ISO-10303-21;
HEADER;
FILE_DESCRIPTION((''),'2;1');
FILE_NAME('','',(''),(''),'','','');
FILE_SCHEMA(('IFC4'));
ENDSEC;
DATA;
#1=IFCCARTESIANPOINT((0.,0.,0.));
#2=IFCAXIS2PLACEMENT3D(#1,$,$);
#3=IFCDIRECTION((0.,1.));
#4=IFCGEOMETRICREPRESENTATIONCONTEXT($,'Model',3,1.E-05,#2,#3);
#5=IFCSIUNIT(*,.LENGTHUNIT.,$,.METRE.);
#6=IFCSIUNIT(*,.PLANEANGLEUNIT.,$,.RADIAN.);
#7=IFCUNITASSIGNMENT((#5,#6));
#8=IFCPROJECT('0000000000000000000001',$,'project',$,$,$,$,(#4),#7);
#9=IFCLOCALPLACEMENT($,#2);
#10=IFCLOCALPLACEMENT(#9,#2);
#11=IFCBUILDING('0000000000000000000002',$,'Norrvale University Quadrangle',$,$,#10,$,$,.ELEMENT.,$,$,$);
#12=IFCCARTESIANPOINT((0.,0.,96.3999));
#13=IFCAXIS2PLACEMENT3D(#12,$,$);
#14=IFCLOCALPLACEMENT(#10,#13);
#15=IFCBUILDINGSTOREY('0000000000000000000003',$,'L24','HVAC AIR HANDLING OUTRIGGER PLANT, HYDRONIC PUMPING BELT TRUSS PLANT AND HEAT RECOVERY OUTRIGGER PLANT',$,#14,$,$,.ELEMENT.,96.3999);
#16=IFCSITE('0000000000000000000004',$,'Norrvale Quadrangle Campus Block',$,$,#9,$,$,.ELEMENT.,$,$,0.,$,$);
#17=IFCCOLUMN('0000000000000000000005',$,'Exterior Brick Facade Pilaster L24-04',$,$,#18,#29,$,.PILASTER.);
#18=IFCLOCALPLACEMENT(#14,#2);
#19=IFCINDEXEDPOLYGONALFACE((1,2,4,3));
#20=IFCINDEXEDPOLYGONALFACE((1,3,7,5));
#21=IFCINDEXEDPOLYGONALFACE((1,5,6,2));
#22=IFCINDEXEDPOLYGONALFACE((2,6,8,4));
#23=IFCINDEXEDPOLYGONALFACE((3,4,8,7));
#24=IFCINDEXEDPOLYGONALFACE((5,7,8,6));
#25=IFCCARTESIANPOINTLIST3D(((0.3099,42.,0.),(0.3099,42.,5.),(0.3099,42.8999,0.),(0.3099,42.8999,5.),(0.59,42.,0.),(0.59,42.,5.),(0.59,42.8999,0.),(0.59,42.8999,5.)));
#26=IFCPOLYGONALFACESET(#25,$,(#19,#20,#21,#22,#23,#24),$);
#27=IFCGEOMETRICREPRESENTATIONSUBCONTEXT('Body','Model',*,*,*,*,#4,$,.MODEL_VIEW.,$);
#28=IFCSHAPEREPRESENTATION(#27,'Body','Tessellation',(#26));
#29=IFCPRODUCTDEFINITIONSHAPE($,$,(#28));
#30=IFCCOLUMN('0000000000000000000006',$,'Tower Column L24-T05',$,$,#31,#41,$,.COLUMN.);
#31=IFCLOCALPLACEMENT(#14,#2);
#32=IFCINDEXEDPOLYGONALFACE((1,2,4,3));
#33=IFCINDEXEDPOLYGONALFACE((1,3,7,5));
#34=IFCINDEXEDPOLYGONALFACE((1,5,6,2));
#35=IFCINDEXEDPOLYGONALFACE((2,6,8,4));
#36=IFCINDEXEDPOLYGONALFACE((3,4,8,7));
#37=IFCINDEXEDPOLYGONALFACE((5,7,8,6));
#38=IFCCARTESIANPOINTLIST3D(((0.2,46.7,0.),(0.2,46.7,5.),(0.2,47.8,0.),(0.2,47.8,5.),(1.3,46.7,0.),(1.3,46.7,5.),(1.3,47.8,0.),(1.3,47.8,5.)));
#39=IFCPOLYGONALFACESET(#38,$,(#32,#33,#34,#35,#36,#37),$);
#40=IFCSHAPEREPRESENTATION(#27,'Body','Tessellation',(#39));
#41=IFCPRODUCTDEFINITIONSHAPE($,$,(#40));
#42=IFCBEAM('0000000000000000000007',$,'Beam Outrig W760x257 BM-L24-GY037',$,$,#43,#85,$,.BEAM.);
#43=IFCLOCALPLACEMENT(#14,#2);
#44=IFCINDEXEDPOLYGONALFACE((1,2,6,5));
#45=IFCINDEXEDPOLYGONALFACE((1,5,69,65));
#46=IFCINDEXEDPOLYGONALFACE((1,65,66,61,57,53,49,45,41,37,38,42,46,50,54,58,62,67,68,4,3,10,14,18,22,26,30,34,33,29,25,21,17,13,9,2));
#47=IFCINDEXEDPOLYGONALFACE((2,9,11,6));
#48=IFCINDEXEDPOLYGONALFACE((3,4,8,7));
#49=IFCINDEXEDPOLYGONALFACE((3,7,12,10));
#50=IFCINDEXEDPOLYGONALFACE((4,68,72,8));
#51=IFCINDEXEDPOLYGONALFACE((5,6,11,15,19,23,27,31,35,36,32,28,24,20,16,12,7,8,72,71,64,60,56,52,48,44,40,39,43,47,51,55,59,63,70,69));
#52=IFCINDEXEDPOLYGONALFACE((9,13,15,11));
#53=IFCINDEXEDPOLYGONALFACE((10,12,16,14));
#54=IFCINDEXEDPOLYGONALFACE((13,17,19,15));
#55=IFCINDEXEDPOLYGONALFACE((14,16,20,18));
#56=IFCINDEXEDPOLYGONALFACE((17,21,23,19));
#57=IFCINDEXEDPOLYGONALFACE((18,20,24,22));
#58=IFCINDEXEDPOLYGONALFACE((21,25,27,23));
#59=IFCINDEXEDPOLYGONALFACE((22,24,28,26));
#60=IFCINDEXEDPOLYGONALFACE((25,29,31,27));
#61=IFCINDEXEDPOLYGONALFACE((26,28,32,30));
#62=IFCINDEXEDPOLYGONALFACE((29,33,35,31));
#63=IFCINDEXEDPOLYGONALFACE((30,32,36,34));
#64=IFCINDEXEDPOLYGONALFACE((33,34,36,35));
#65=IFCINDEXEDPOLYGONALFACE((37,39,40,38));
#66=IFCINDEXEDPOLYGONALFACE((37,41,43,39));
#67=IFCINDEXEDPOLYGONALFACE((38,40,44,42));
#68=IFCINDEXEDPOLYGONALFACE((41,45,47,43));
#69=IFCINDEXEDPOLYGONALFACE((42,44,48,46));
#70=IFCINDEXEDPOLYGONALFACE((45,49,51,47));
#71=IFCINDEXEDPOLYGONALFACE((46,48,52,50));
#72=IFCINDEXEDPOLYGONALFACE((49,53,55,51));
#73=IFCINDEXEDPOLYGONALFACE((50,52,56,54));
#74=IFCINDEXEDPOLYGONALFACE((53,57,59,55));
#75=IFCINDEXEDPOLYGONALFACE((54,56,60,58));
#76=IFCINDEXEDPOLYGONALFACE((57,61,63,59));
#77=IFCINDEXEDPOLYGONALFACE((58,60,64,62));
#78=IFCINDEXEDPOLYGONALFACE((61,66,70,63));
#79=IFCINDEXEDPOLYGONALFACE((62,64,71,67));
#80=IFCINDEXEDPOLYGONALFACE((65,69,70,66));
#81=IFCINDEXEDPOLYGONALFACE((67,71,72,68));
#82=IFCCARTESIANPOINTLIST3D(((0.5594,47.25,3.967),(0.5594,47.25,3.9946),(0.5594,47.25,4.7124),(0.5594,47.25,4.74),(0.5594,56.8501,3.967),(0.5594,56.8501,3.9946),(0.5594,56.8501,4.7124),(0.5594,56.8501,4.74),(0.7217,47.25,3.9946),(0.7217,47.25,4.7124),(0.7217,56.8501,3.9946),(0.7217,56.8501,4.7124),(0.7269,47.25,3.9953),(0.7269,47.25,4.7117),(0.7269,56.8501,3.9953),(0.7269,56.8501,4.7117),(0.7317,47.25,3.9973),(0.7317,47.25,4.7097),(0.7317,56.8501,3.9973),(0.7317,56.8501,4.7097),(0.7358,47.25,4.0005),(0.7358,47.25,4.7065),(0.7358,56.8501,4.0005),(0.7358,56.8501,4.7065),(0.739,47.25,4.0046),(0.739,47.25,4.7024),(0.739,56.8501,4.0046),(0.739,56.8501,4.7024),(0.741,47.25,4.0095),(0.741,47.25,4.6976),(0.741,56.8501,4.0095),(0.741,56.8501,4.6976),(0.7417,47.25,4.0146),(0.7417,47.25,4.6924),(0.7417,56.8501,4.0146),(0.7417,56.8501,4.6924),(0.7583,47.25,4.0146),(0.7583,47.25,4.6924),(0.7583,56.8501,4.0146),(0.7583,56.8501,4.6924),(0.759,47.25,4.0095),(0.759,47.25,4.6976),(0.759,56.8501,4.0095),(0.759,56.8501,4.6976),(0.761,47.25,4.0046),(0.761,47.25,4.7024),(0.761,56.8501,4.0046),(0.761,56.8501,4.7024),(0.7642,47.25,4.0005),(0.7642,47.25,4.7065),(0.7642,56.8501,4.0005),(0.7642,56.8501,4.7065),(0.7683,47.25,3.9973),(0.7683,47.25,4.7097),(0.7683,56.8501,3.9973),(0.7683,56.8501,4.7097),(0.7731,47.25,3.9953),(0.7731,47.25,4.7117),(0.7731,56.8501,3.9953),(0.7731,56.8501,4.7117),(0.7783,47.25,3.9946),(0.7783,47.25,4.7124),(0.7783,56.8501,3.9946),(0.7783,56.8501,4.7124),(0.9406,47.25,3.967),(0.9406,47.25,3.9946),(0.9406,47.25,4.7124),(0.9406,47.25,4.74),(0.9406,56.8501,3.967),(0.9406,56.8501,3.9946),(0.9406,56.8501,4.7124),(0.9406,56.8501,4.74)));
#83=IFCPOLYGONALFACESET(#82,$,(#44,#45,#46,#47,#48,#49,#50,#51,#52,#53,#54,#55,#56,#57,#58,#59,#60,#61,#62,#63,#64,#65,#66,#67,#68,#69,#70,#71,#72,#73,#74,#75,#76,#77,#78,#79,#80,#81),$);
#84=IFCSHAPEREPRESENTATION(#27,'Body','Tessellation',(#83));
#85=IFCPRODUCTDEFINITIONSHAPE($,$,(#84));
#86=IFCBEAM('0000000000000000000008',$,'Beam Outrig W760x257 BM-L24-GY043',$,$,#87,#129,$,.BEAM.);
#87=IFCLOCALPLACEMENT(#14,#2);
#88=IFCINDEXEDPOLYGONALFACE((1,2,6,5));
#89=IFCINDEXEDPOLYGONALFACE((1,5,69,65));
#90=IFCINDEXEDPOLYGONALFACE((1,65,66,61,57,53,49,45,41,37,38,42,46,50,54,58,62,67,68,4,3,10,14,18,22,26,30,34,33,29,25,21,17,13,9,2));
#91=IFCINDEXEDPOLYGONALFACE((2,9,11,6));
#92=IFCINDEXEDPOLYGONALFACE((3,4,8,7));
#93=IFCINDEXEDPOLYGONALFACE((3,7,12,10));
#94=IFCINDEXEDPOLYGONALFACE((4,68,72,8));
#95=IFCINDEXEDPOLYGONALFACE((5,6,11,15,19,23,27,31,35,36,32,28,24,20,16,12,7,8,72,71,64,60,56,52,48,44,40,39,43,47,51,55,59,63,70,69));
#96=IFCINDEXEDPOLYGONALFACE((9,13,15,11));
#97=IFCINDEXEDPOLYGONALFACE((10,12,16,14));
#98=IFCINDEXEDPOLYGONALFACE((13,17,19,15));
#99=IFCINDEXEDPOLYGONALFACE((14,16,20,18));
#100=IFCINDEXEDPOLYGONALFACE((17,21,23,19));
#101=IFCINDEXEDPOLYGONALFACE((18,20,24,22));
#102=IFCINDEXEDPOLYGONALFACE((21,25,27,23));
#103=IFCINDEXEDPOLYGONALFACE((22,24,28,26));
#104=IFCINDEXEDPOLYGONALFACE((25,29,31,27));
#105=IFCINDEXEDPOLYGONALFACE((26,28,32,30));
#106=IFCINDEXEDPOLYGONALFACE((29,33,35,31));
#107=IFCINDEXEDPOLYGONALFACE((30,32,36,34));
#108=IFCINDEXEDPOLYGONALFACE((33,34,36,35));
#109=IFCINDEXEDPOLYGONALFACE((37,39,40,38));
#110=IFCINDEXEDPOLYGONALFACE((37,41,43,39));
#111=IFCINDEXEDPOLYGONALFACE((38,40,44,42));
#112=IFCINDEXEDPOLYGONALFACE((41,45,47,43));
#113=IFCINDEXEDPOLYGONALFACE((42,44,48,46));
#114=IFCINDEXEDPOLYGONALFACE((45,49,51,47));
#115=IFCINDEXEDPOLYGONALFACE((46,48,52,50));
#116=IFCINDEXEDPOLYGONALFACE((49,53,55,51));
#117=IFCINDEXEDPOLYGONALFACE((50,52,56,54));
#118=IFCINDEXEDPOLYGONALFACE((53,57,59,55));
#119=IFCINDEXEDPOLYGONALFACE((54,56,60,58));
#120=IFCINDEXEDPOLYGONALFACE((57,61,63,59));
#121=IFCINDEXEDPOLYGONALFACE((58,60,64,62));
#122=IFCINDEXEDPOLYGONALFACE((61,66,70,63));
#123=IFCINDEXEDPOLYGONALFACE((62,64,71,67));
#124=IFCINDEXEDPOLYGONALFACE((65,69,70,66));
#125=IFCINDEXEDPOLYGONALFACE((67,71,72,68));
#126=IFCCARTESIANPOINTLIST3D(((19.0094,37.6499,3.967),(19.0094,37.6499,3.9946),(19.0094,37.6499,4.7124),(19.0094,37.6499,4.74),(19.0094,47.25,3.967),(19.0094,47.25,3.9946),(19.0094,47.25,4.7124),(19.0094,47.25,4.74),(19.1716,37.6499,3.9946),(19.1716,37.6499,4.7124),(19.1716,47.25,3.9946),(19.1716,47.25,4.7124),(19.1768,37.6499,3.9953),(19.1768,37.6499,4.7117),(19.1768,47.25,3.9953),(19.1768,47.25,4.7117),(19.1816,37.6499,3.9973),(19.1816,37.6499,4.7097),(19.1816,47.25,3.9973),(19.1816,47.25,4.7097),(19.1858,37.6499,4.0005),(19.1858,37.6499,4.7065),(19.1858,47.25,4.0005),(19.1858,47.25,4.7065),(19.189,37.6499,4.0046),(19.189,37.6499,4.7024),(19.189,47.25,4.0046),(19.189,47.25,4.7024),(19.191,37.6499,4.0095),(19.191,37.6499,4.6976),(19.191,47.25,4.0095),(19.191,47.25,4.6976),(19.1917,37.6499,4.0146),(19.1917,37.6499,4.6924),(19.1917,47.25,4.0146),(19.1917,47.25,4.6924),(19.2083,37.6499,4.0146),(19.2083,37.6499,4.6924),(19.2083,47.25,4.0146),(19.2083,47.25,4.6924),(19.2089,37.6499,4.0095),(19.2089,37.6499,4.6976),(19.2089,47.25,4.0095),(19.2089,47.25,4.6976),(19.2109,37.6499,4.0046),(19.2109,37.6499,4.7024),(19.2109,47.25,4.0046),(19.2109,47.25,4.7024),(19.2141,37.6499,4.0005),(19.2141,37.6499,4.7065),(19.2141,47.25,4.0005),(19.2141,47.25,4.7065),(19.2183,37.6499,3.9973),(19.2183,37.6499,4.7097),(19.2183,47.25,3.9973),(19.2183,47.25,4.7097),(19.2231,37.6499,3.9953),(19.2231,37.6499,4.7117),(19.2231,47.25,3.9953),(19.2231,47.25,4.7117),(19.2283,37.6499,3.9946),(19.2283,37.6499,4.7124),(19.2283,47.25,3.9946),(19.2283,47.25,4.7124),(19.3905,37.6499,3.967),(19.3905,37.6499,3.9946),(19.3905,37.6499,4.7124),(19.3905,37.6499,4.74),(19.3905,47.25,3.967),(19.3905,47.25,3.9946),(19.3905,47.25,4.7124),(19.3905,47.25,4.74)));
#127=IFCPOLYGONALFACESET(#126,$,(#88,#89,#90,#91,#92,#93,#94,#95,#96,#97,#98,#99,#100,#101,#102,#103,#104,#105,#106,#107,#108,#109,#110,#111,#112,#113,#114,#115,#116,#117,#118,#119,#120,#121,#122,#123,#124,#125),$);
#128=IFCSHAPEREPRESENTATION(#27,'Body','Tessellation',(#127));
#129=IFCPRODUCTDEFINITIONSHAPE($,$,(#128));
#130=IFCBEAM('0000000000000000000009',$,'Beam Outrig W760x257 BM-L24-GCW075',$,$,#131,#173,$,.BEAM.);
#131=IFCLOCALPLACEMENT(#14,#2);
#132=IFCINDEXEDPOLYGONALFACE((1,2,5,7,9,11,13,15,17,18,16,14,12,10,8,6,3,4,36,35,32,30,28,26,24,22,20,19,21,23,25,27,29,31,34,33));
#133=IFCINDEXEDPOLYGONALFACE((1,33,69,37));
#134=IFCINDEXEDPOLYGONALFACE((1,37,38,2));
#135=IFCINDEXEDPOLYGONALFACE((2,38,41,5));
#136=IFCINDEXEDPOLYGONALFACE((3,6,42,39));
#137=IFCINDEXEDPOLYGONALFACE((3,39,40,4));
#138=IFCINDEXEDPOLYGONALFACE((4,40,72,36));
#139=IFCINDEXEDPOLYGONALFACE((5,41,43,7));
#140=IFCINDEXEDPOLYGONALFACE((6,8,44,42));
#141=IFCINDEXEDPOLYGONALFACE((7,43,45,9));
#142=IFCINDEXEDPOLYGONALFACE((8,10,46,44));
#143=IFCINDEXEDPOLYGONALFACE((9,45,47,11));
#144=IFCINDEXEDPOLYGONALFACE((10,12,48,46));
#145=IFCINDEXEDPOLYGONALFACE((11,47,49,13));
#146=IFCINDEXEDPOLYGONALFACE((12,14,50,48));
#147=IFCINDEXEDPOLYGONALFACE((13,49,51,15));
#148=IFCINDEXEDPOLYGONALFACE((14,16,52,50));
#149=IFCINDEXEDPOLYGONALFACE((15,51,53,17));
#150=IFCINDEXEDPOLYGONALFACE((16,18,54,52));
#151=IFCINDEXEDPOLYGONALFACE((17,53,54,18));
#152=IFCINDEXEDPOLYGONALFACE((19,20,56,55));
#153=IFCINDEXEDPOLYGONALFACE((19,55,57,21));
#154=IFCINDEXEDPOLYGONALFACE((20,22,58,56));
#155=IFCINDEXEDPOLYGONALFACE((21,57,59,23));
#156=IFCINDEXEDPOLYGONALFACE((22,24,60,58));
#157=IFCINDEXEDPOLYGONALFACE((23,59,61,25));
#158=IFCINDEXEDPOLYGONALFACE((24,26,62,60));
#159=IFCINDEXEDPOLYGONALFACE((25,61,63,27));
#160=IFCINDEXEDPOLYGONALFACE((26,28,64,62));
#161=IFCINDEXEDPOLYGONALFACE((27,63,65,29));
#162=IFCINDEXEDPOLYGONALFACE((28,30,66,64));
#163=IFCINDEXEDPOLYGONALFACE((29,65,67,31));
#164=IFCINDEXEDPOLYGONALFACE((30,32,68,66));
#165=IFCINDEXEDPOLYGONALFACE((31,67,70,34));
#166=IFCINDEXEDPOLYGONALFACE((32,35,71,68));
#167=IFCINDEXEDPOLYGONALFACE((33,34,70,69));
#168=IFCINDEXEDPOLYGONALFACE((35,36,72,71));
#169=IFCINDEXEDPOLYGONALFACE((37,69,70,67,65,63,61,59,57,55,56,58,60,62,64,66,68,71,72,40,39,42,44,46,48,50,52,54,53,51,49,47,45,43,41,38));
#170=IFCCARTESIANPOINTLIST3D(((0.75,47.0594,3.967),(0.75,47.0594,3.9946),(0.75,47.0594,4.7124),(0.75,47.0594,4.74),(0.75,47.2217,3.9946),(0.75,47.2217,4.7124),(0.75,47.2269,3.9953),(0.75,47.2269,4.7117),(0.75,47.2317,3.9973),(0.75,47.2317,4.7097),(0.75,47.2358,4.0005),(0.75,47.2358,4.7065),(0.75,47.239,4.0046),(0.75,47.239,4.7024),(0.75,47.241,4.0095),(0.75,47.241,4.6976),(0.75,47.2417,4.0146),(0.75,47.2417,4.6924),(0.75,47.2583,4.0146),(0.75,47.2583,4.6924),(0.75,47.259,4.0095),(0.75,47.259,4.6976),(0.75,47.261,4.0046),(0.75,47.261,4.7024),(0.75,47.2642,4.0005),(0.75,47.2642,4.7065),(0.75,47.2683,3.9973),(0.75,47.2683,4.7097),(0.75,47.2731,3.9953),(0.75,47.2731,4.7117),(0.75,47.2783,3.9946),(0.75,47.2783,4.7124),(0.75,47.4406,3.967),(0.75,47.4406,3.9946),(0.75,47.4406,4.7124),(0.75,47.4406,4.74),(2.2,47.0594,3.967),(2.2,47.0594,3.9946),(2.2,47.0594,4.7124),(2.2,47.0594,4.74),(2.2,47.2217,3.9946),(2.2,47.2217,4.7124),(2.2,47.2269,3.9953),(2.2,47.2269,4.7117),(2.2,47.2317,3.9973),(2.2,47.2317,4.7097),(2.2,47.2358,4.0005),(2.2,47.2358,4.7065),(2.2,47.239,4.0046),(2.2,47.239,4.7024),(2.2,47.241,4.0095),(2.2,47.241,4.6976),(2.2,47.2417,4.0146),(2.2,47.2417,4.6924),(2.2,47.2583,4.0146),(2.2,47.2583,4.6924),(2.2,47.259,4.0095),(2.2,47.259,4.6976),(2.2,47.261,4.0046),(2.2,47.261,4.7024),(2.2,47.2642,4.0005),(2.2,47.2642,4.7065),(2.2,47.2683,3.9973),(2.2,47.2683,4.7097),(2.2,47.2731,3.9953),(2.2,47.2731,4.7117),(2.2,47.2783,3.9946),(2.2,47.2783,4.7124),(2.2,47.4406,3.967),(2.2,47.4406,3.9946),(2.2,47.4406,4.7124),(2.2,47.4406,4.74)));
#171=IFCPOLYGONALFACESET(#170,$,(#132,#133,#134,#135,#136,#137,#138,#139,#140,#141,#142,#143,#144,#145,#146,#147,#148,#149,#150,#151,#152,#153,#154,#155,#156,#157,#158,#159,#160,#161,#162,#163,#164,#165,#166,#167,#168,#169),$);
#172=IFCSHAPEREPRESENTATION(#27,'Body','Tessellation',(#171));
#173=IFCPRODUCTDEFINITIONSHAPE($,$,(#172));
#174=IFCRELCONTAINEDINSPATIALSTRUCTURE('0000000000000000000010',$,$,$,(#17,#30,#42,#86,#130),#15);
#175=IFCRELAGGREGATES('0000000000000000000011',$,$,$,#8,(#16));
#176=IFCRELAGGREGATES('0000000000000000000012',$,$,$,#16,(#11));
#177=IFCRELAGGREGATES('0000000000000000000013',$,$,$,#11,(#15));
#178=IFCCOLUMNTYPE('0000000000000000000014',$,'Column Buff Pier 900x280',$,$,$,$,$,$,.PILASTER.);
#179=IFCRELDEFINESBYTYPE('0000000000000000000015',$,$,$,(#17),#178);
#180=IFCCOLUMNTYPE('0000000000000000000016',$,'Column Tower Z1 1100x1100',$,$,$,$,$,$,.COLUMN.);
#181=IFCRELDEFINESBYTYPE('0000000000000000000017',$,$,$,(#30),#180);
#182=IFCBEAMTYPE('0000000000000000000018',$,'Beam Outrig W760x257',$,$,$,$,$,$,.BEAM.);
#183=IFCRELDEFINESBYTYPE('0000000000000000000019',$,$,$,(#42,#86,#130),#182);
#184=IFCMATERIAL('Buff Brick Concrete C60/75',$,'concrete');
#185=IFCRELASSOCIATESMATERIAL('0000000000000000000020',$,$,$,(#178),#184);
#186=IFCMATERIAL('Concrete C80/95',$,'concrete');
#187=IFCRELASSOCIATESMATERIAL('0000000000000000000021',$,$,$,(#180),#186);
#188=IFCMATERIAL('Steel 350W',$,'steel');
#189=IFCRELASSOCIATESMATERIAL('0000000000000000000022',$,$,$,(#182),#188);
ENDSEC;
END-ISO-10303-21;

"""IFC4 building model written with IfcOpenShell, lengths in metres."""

from ifc_helpers import new_model, si_unit, direction, frame, origin, origin_2d, place, context, subcontext, project, spatial, rectangle, i_section, extrude, material, material_profile, profile_set, type_object, element, save


model = new_model("IFC4")

# Units and contexts
model_context = context("Model", 3, precision=1e-05, world=origin(), true_north=direction((0.0, 1.0)))
body_context = subcontext(model_context, "Body", "Model", "MODEL_VIEW")
ifc_project = project(units=[si_unit("LENGTHUNIT", "METRE"), si_unit("PLANEANGLEUNIT", "RADIAN")], contexts=[model_context])

# Site, building, storey
site_placement = place(None, origin())
site = spatial("IfcSite", under=ifc_project, at=site_placement, Name="Norrvale Quadrangle Campus Block", CompositionType="ELEMENT", RefElevation=0.0)
building_placement = place(site_placement, origin())
building = spatial("IfcBuilding", under=site, at=building_placement, Name="Norrvale University Quadrangle", CompositionType="ELEMENT")
storey_placement = place(building_placement, frame((0.0, 0.0, 96.3999)))
storey = spatial("IfcBuildingStorey", under=building, at=storey_placement, Name="L24", Description="HVAC AIR HANDLING OUTRIGGER PLANT, HYDRONIC PUMPING BELT TRUSS PLANT AND HEAT RECOVERY OUTRIGGER PLANT", CompositionType="ELEMENT", Elevation=96.3999)

# Columns
ifc_material_1 = material(Name="Buff Brick Concrete C60/75", Category="concrete")
ifc_material_profile_1 = material_profile(ifc_material_1, rectangle(XDim=0.8999, YDim=0.28, at=origin_2d()), Name="Buff Brick Concrete C60/75")
ifc_profile_set_1 = profile_set([ifc_material_profile_1], Name="Buff Brick Concrete C60/75")
column_type_1 = type_object("IfcColumnType", Name="Column Buff Pier 900x280", PredefinedType="PILASTER", material=ifc_profile_set_1)
column_1_placement = place(storey_placement, frame((0.45, 42.45, 0.0), z_axis=(0.0, 0.0, 1.0), x_axis=(0.0, 1.0, 0.0)))
element("IfcColumn", 1, at=column_1_placement, inside=storey, type_object=column_type_1, Name="Exterior Brick Facade Pilaster L24-04", PredefinedType="PILASTER", context=body_context, shape_type="SweptSolid", body=[
    extrude(rectangle(XDim=0.8999, YDim=0.28, at=origin_2d()), origin(), (0.0, 0.0, 1.0), 5.0),
])
ifc_material_2 = material(Name="Concrete C80/95", Category="concrete")
ifc_material_profile_2 = material_profile(ifc_material_2, rectangle(XDim=1.1001, YDim=1.1001, at=origin_2d()), Name="Concrete C80/95")
ifc_profile_set_2 = profile_set([ifc_material_profile_2], Name="Concrete C80/95")
column_type_2 = type_object("IfcColumnType", Name="Column Tower Z1 1100x1100", PredefinedType="COLUMN", material=ifc_profile_set_2)
column_2_placement = place(storey_placement, frame((0.75, 47.25, 0.0), z_axis=(0.0, 0.0, 1.0), x_axis=(1.0, 0.0, 0.0)))
element("IfcColumn", 2, at=column_2_placement, inside=storey, type_object=column_type_2, Name="Tower Column L24-T05", PredefinedType="COLUMN", context=body_context, shape_type="SweptSolid", body=[
    extrude(rectangle(XDim=1.1001, YDim=1.1001, at=origin_2d()), origin(), (0.0, 0.0, 1.0), 5.0),
])

# Beams
ifc_material_3 = material(Name="Steel 350W", Category="steel")
ifc_material_profile_3 = material_profile(ifc_material_3, i_section(OverallWidth=0.3811, OverallDepth=0.7729, WebThickness=0.0166, FlangeThickness=0.0276, FilletRadius=0.02, at=origin_2d()), Name="Steel 350W")
ifc_profile_set_3 = profile_set([ifc_material_profile_3], Name="Steel 350W")
beam_type_1 = type_object("IfcBeamType", Name="Beam Outrig W760x257", PredefinedType="BEAM", material=ifc_profile_set_3)
for number, where, z_axis, x_axis, name in (
    (3, (0.75, 47.25, 4.3535), (0.0, 1.0, 0.0), (-1.0, 0.0, 0.0), "Beam Outrig W760x257 BM-L24-GY037"),
    (4, (19.2, 37.6499, 4.3535), (0.0, 1.0, 0.0), (-1.0, 0.0, 0.0), "Beam Outrig W760x257 BM-L24-GY043"),
):
    element("IfcBeam", number, at=place(storey_placement, frame(where, z_axis=z_axis, x_axis=x_axis)), inside=storey, type_object=beam_type_1, Name=name, PredefinedType="BEAM", context=body_context, shape_type="SweptSolid", body=[
        extrude(i_section(OverallWidth=0.3811, OverallDepth=0.7729, WebThickness=0.0166, FlangeThickness=0.0276, FilletRadius=0.02, at=origin_2d()), origin(), (0.0, 0.0, 1.0), 9.6001),
    ])
beam_1_placement = place(storey_placement, frame((0.75, 47.25, 4.3535), z_axis=(1.0, 0.0, 0.0), x_axis=(0.0, 1.0, 0.0)))
element("IfcBeam", 5, at=beam_1_placement, inside=storey, type_object=beam_type_1, Name="Beam Outrig W760x257 BM-L24-GCW075", PredefinedType="BEAM", context=body_context, shape_type="SweptSolid", body=[
    extrude(i_section(OverallWidth=0.3811, OverallDepth=0.7729, WebThickness=0.0166, FlangeThickness=0.0276, FilletRadius=0.02, at=origin_2d()), origin(), (0.0, 0.0, 1.0), 1.45),
])

save(model, "model.ifc")
